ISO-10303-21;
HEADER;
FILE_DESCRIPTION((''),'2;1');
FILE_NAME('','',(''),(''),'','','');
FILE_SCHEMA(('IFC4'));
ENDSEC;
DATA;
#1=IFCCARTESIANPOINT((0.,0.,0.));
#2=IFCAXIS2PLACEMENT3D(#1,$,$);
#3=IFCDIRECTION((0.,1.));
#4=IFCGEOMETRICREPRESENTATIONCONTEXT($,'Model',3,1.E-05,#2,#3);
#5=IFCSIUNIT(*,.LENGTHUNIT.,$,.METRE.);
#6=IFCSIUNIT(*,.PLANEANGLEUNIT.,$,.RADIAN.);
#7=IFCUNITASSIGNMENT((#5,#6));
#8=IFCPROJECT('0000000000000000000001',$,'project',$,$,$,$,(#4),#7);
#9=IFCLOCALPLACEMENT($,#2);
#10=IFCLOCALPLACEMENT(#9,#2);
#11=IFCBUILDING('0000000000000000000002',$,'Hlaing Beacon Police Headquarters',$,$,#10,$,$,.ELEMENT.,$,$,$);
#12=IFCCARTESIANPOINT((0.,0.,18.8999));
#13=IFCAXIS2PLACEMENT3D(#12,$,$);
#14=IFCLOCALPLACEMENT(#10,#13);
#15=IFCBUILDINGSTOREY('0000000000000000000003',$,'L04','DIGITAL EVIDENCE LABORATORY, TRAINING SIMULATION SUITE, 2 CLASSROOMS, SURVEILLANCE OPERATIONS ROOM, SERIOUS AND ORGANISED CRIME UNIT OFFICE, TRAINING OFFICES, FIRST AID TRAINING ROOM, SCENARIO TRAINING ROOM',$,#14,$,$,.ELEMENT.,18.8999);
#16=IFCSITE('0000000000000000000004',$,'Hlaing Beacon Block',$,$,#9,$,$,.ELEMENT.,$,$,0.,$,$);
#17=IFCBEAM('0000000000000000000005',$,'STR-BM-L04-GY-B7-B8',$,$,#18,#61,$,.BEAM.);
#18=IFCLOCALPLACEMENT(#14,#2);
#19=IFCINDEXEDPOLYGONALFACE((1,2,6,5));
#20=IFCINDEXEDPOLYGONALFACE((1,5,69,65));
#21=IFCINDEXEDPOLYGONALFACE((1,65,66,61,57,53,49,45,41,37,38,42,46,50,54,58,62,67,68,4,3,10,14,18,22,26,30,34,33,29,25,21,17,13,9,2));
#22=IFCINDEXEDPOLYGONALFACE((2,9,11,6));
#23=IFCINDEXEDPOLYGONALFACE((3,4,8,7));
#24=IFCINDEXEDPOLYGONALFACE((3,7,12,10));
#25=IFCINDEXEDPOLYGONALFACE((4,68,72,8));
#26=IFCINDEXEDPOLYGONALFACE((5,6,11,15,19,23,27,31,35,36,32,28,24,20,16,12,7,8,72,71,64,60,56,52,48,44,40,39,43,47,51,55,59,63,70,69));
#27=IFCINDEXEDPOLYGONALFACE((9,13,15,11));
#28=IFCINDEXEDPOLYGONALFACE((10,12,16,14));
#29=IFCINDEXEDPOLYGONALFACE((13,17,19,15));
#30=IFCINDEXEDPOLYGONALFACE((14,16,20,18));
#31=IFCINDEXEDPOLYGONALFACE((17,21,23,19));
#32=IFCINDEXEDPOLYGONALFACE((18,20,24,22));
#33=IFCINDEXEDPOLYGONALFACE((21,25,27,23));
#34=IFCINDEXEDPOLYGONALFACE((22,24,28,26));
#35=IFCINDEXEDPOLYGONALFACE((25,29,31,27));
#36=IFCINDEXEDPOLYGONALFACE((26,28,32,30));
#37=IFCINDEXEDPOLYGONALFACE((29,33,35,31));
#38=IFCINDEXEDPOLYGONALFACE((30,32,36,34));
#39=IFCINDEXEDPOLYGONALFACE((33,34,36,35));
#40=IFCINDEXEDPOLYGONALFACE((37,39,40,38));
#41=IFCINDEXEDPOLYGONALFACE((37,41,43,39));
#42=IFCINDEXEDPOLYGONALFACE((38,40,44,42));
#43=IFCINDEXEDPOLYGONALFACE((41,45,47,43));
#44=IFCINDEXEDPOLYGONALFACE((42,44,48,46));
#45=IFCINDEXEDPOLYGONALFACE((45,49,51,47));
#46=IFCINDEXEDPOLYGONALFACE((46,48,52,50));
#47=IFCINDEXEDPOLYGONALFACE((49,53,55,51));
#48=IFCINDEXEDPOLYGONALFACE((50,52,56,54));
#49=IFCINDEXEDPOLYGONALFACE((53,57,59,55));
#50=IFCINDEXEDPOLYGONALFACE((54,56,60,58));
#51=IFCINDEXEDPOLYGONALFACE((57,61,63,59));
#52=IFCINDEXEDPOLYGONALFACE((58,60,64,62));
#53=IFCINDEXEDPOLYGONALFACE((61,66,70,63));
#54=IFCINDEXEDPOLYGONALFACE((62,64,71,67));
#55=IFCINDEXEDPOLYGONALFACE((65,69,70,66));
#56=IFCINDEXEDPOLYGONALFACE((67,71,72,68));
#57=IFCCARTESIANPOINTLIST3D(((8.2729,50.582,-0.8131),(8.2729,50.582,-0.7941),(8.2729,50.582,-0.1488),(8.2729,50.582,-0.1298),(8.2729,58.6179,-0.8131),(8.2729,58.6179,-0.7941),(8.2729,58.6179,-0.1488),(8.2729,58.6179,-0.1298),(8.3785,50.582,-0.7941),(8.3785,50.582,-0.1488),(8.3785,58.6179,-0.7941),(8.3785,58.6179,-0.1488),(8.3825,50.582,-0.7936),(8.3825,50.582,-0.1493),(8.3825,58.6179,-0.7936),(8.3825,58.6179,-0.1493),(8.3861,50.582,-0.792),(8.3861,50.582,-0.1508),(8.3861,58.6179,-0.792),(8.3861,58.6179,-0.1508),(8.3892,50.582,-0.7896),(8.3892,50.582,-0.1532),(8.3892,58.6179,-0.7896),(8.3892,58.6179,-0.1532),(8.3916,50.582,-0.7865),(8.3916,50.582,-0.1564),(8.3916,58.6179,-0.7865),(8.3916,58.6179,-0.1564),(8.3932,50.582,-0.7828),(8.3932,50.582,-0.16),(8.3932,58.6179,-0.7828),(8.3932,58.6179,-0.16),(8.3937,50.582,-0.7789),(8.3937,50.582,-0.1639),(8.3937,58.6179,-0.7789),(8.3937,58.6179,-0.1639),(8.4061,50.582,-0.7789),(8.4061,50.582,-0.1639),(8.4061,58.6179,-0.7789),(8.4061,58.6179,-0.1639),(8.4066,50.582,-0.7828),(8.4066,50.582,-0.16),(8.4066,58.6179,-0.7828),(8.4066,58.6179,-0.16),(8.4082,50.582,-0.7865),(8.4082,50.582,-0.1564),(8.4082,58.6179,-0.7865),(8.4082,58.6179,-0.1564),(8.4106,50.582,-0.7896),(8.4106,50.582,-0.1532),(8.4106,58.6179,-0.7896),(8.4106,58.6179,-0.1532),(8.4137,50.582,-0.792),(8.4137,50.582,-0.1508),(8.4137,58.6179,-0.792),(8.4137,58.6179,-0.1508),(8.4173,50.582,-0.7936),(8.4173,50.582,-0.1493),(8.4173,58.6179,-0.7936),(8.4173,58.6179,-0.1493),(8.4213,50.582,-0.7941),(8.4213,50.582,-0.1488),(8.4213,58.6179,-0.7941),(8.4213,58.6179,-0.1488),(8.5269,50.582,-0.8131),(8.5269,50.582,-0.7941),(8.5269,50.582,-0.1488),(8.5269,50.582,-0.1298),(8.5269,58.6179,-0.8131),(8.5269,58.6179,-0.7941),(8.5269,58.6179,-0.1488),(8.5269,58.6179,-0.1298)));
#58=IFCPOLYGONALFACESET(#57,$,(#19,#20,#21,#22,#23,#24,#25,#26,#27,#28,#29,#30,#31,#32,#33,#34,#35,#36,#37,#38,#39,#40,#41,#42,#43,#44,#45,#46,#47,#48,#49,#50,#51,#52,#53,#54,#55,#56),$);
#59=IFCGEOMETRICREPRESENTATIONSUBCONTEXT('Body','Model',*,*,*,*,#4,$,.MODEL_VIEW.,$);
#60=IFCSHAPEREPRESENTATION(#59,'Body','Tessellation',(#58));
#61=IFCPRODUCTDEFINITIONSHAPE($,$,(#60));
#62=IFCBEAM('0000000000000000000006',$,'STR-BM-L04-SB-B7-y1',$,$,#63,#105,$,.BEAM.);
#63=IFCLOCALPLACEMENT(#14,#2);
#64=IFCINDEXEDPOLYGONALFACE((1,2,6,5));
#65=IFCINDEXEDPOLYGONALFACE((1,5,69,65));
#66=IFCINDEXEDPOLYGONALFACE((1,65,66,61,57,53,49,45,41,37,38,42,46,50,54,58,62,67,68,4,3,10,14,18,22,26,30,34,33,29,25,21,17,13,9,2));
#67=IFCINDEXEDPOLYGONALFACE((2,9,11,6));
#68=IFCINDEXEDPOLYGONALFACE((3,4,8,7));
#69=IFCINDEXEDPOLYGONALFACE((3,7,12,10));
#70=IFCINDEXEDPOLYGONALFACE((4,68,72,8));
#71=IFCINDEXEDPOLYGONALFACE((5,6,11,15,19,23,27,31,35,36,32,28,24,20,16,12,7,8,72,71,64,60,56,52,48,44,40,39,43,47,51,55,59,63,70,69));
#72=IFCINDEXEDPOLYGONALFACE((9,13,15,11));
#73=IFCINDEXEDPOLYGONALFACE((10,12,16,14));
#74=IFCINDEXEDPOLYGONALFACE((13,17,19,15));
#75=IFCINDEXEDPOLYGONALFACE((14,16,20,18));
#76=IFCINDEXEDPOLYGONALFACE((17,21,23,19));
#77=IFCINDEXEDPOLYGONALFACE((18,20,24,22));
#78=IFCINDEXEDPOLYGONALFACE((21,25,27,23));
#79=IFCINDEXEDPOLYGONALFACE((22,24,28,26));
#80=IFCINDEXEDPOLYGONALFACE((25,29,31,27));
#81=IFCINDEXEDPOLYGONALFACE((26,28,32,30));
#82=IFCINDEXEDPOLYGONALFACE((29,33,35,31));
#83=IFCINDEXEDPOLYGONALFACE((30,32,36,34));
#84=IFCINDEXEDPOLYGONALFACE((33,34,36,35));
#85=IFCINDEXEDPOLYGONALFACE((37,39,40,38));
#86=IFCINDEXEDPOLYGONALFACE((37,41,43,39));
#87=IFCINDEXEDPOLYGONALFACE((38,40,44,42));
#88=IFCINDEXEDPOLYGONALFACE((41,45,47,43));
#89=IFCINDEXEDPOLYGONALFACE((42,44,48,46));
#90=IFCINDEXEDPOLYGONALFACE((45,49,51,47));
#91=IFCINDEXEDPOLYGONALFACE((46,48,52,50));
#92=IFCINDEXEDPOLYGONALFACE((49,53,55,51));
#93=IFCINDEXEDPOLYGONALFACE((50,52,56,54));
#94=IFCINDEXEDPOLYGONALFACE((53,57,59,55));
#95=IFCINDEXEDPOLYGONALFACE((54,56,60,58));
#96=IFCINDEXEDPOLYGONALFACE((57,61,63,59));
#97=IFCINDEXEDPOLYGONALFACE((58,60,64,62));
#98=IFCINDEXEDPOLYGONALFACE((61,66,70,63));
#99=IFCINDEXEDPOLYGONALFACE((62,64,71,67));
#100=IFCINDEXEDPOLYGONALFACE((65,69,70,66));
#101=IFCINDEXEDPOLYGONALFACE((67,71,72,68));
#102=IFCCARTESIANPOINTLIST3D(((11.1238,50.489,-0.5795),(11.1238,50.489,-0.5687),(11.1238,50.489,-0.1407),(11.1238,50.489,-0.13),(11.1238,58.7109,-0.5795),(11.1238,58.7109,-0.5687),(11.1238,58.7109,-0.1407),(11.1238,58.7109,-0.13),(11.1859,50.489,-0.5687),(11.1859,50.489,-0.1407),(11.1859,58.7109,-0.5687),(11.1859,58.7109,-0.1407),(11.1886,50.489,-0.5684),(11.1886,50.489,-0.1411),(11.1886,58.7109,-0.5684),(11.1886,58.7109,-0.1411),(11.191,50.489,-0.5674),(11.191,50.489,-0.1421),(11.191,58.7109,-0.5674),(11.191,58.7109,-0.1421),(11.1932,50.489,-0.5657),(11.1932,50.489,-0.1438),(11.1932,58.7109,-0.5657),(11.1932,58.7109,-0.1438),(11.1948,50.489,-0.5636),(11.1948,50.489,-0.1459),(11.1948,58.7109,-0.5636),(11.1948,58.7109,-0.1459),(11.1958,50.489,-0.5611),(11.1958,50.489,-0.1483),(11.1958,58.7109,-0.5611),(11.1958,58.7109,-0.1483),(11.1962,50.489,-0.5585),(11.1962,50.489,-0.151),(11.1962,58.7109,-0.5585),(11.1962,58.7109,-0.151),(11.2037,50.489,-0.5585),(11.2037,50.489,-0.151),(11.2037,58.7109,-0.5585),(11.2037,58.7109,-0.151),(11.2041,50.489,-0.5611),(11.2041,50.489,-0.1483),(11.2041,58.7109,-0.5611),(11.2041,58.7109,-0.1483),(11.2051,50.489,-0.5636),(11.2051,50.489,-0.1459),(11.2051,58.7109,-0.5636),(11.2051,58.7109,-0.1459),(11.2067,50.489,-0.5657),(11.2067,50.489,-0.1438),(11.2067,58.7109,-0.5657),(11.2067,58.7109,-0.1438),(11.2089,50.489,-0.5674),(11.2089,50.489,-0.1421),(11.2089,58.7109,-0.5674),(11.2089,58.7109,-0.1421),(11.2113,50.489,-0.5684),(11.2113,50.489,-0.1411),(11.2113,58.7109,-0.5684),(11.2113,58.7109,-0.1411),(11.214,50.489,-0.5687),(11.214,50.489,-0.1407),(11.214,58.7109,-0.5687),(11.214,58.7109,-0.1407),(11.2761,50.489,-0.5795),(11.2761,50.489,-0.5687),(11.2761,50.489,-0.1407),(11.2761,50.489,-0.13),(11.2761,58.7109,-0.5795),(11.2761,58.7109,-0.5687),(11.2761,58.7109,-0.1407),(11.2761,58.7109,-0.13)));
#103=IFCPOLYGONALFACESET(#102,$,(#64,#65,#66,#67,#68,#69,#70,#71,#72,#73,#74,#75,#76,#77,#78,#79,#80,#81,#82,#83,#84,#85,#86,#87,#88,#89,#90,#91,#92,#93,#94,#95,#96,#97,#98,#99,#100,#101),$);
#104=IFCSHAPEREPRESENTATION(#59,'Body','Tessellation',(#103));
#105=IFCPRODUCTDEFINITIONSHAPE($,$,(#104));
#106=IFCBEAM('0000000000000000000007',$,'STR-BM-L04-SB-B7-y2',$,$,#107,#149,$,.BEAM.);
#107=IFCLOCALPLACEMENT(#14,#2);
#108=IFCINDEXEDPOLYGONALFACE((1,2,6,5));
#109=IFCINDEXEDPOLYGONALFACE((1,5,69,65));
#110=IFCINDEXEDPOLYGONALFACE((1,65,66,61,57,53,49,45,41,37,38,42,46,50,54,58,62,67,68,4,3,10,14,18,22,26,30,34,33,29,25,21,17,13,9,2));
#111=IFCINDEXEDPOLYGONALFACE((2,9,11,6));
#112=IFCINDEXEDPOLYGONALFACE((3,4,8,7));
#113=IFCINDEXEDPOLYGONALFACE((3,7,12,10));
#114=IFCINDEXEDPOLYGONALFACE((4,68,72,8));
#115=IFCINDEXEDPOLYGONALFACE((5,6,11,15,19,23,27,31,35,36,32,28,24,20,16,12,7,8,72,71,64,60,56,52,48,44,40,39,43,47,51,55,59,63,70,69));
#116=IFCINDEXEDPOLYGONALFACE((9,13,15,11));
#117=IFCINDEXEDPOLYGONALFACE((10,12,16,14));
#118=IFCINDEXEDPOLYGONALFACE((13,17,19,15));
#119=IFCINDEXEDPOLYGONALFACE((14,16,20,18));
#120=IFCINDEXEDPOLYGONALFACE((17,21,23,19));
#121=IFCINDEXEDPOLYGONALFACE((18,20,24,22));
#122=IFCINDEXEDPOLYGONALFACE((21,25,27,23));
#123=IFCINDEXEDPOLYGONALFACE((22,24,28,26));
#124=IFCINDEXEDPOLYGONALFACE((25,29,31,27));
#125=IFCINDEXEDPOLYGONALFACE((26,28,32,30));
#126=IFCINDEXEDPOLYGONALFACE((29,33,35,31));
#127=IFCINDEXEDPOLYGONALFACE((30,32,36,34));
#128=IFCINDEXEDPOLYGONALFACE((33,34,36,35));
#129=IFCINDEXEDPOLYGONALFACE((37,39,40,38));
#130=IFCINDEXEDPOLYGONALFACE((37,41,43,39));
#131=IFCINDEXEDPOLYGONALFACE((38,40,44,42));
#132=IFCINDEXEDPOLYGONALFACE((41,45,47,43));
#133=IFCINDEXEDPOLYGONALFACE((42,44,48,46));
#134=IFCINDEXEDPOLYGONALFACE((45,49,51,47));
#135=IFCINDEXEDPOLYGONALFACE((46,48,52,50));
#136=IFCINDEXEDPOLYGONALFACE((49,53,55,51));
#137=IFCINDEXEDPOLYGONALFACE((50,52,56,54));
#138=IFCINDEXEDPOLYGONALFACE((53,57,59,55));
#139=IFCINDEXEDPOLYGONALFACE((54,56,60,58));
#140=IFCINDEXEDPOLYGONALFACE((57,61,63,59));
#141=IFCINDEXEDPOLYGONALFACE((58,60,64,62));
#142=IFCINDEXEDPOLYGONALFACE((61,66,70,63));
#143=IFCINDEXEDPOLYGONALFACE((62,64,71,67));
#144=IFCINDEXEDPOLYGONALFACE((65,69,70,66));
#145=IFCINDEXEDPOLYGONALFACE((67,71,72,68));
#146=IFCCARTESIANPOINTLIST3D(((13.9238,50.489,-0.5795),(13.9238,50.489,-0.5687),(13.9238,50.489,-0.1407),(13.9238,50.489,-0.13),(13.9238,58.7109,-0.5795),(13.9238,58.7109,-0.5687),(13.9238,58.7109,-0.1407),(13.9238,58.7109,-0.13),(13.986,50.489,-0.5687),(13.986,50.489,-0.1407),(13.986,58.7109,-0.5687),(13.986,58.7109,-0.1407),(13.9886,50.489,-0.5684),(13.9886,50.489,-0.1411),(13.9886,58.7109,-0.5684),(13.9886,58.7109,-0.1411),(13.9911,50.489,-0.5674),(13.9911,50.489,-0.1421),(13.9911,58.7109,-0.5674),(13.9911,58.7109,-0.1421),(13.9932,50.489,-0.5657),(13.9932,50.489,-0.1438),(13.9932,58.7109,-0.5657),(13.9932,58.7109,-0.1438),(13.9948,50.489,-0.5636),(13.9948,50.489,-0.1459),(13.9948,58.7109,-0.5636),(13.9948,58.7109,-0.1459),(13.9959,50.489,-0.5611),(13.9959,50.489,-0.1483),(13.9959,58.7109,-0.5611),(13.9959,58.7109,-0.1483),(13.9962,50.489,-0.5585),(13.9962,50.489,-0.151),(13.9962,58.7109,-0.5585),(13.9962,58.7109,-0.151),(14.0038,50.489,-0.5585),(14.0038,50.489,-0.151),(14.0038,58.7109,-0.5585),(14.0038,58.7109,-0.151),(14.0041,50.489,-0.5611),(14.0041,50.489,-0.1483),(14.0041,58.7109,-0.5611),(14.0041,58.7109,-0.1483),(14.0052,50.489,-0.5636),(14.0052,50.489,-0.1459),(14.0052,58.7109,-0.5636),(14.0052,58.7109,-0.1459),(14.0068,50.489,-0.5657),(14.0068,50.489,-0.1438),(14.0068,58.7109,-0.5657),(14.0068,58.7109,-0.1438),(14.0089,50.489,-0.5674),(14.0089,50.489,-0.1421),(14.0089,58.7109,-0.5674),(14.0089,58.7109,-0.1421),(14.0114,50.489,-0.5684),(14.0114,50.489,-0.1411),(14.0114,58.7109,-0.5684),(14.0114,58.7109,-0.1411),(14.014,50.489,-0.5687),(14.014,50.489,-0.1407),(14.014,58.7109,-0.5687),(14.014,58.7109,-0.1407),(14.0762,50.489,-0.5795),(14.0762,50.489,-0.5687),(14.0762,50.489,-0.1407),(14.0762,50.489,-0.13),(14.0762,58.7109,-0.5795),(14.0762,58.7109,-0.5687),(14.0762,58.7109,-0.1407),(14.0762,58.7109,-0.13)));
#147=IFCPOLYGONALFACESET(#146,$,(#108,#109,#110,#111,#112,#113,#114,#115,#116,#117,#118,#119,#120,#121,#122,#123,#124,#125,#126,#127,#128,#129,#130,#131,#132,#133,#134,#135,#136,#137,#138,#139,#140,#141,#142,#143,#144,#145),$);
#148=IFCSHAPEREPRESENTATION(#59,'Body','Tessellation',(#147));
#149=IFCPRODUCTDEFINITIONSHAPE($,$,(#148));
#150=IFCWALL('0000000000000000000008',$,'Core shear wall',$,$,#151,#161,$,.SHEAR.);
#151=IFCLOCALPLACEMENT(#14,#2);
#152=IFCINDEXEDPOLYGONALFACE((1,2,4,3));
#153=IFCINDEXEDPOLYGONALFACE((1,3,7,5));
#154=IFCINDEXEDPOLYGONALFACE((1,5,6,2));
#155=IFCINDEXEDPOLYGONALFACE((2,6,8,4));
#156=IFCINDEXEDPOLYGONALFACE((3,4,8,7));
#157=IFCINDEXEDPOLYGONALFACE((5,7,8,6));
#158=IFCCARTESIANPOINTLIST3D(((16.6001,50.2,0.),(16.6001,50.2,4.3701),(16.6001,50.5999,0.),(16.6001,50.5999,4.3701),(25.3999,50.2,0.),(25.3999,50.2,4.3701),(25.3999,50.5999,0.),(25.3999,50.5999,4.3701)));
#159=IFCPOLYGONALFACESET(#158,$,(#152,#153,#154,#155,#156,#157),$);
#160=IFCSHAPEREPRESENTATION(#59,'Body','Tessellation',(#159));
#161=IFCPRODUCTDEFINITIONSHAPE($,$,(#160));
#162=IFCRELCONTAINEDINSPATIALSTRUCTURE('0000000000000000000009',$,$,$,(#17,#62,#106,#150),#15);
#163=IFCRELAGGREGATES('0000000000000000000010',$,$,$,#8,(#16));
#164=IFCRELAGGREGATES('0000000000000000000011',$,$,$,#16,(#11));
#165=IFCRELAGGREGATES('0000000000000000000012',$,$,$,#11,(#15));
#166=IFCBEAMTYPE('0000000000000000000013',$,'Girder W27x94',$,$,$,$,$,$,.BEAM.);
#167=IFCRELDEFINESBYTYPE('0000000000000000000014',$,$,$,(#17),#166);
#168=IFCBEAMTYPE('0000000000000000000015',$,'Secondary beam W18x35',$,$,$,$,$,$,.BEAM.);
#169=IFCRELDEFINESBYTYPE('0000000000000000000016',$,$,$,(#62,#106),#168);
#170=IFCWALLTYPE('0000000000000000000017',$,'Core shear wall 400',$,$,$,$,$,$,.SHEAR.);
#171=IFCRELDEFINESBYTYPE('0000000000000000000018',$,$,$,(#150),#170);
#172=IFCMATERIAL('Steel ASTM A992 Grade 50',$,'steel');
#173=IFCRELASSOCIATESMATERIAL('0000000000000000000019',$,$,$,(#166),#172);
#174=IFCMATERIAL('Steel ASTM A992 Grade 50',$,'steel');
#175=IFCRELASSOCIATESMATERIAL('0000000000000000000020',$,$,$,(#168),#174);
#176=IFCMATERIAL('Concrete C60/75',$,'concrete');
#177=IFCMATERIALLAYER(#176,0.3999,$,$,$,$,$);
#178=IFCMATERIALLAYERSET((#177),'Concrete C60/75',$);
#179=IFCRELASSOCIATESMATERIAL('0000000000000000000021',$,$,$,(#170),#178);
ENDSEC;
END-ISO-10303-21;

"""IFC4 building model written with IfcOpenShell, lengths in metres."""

from ifc_helpers import new_model, si_unit, direction, frame, frame_2d, origin, origin_2d, place, context, subcontext, project, spatial, rectangle, i_section, extrude, material, layer, layer_set, material_profile, profile_set, type_object, element, save


model = new_model("IFC4")

# Units and contexts
model_context = context("Model", 3, precision=1e-05, world=origin(), true_north=direction((0.0, 1.0)))
body_context = subcontext(model_context, "Body", "Model", "MODEL_VIEW")
ifc_project = project(units=[si_unit("LENGTHUNIT", "METRE"), si_unit("PLANEANGLEUNIT", "RADIAN")], contexts=[model_context])

# Site, building, storey
site_placement = place(None, origin())
site = spatial("IfcSite", under=ifc_project, at=site_placement, Name="Hlaing Beacon Block", CompositionType="ELEMENT", RefElevation=0.0)
building_placement = place(site_placement, origin())
building = spatial("IfcBuilding", under=site, at=building_placement, Name="Hlaing Beacon Police Headquarters", CompositionType="ELEMENT")
storey_placement = place(building_placement, frame((0.0, 0.0, 18.8999)))
storey = spatial("IfcBuildingStorey", under=building, at=storey_placement, Name="L04", Description="DIGITAL EVIDENCE LABORATORY, TRAINING SIMULATION SUITE, 2 CLASSROOMS, SURVEILLANCE OPERATIONS ROOM, SERIOUS AND ORGANISED CRIME UNIT OFFICE, TRAINING OFFICES, FIRST AID TRAINING ROOM, SCENARIO TRAINING ROOM", CompositionType="ELEMENT", Elevation=18.8999)

# Beams
ifc_material_1 = material(Name="Steel ASTM A992 Grade 50", Category="steel")
ifc_material_profile_1 = material_profile(ifc_material_1, i_section(OverallWidth=0.2539, OverallDepth=0.6833, WebThickness=0.0125, FlangeThickness=0.019, FilletRadius=0.0151, at=origin_2d()), Name="W27x94")
ifc_profile_set_1 = profile_set([ifc_material_profile_1], Name="Steel ASTM A992 Grade 50")
beam_type_1 = type_object("IfcBeamType", Name="Girder W27x94", PredefinedType="BEAM", material=ifc_profile_set_1)
beam_1_placement = place(storey_placement, frame((8.3999, 50.582, -0.4714), z_axis=(0.0, 1.0, 0.0), x_axis=(-1.0, 0.0, 0.0)))
element("IfcBeam", 1, at=beam_1_placement, inside=storey, type_object=beam_type_1, Name="STR-BM-L04-GY-B7-B8", PredefinedType="BEAM", context=body_context, shape_type="SweptSolid", body=[
    extrude(i_section(OverallWidth=0.2539, OverallDepth=0.6833, WebThickness=0.0125, FlangeThickness=0.019, FilletRadius=0.0151, at=origin_2d()), origin(), (0.0, 0.0, 1.0), 8.0359),
])
ifc_material_2 = material(Name="Steel ASTM A992 Grade 50", Category="steel")
ifc_material_profile_2 = material_profile(ifc_material_2, i_section(OverallWidth=0.1523, OverallDepth=0.4495, WebThickness=0.0076, FlangeThickness=0.0107, FilletRadius=0.0103, at=origin_2d()), Name="W18x35")
ifc_profile_set_2 = profile_set([ifc_material_profile_2], Name="Steel ASTM A992 Grade 50")
beam_type_2 = type_object("IfcBeamType", Name="Secondary beam W18x35", PredefinedType="BEAM", material=ifc_profile_set_2)
for number, where, z_axis, x_axis, name in (
    (2, (11.2, 50.489, -0.3547), (0.0, 1.0, 0.0), (-1.0, 0.0, 0.0), "STR-BM-L04-SB-B7-y1"),
    (3, (14.0, 50.489, -0.3547), (0.0, 1.0, 0.0), (-1.0, 0.0, 0.0), "STR-BM-L04-SB-B7-y2"),
):
    element("IfcBeam", number, at=place(storey_placement, frame(where, z_axis=z_axis, x_axis=x_axis)), inside=storey, type_object=beam_type_2, Name=name, PredefinedType="BEAM", context=body_context, shape_type="SweptSolid", body=[
        extrude(i_section(OverallWidth=0.1523, OverallDepth=0.4495, WebThickness=0.0076, FlangeThickness=0.0107, FilletRadius=0.0103, at=origin_2d()), origin(), (0.0, 0.0, 1.0), 8.2219),
    ])

# Wall
ifc_material_3 = material(Name="Concrete C60/75", Category="concrete")
ifc_layer_1 = layer(ifc_material_3, 0.3999)
ifc_layer_set_1 = layer_set([ifc_layer_1], Name="Concrete C60/75")
wall_type_1 = type_object("IfcWallType", Name="Core shear wall 400", PredefinedType="SHEAR", material=ifc_layer_set_1)
wall_1_placement = place(storey_placement, frame((16.6001, 50.3999, 0.0), z_axis=(0.0, 0.0, 1.0), x_axis=(1.0, 0.0, 0.0)))
element("IfcWall", 4, at=wall_1_placement, inside=storey, type_object=wall_type_1, Name="Core shear wall", PredefinedType="SHEAR", context=body_context, shape_type="SweptSolid", body=[
    extrude(rectangle(XDim=8.7998, YDim=0.3999, at=frame_2d((4.3999, 0.0))), origin(), (0.0, 0.0, 1.0), 4.3701),
])

save(model, "model.ifc")
